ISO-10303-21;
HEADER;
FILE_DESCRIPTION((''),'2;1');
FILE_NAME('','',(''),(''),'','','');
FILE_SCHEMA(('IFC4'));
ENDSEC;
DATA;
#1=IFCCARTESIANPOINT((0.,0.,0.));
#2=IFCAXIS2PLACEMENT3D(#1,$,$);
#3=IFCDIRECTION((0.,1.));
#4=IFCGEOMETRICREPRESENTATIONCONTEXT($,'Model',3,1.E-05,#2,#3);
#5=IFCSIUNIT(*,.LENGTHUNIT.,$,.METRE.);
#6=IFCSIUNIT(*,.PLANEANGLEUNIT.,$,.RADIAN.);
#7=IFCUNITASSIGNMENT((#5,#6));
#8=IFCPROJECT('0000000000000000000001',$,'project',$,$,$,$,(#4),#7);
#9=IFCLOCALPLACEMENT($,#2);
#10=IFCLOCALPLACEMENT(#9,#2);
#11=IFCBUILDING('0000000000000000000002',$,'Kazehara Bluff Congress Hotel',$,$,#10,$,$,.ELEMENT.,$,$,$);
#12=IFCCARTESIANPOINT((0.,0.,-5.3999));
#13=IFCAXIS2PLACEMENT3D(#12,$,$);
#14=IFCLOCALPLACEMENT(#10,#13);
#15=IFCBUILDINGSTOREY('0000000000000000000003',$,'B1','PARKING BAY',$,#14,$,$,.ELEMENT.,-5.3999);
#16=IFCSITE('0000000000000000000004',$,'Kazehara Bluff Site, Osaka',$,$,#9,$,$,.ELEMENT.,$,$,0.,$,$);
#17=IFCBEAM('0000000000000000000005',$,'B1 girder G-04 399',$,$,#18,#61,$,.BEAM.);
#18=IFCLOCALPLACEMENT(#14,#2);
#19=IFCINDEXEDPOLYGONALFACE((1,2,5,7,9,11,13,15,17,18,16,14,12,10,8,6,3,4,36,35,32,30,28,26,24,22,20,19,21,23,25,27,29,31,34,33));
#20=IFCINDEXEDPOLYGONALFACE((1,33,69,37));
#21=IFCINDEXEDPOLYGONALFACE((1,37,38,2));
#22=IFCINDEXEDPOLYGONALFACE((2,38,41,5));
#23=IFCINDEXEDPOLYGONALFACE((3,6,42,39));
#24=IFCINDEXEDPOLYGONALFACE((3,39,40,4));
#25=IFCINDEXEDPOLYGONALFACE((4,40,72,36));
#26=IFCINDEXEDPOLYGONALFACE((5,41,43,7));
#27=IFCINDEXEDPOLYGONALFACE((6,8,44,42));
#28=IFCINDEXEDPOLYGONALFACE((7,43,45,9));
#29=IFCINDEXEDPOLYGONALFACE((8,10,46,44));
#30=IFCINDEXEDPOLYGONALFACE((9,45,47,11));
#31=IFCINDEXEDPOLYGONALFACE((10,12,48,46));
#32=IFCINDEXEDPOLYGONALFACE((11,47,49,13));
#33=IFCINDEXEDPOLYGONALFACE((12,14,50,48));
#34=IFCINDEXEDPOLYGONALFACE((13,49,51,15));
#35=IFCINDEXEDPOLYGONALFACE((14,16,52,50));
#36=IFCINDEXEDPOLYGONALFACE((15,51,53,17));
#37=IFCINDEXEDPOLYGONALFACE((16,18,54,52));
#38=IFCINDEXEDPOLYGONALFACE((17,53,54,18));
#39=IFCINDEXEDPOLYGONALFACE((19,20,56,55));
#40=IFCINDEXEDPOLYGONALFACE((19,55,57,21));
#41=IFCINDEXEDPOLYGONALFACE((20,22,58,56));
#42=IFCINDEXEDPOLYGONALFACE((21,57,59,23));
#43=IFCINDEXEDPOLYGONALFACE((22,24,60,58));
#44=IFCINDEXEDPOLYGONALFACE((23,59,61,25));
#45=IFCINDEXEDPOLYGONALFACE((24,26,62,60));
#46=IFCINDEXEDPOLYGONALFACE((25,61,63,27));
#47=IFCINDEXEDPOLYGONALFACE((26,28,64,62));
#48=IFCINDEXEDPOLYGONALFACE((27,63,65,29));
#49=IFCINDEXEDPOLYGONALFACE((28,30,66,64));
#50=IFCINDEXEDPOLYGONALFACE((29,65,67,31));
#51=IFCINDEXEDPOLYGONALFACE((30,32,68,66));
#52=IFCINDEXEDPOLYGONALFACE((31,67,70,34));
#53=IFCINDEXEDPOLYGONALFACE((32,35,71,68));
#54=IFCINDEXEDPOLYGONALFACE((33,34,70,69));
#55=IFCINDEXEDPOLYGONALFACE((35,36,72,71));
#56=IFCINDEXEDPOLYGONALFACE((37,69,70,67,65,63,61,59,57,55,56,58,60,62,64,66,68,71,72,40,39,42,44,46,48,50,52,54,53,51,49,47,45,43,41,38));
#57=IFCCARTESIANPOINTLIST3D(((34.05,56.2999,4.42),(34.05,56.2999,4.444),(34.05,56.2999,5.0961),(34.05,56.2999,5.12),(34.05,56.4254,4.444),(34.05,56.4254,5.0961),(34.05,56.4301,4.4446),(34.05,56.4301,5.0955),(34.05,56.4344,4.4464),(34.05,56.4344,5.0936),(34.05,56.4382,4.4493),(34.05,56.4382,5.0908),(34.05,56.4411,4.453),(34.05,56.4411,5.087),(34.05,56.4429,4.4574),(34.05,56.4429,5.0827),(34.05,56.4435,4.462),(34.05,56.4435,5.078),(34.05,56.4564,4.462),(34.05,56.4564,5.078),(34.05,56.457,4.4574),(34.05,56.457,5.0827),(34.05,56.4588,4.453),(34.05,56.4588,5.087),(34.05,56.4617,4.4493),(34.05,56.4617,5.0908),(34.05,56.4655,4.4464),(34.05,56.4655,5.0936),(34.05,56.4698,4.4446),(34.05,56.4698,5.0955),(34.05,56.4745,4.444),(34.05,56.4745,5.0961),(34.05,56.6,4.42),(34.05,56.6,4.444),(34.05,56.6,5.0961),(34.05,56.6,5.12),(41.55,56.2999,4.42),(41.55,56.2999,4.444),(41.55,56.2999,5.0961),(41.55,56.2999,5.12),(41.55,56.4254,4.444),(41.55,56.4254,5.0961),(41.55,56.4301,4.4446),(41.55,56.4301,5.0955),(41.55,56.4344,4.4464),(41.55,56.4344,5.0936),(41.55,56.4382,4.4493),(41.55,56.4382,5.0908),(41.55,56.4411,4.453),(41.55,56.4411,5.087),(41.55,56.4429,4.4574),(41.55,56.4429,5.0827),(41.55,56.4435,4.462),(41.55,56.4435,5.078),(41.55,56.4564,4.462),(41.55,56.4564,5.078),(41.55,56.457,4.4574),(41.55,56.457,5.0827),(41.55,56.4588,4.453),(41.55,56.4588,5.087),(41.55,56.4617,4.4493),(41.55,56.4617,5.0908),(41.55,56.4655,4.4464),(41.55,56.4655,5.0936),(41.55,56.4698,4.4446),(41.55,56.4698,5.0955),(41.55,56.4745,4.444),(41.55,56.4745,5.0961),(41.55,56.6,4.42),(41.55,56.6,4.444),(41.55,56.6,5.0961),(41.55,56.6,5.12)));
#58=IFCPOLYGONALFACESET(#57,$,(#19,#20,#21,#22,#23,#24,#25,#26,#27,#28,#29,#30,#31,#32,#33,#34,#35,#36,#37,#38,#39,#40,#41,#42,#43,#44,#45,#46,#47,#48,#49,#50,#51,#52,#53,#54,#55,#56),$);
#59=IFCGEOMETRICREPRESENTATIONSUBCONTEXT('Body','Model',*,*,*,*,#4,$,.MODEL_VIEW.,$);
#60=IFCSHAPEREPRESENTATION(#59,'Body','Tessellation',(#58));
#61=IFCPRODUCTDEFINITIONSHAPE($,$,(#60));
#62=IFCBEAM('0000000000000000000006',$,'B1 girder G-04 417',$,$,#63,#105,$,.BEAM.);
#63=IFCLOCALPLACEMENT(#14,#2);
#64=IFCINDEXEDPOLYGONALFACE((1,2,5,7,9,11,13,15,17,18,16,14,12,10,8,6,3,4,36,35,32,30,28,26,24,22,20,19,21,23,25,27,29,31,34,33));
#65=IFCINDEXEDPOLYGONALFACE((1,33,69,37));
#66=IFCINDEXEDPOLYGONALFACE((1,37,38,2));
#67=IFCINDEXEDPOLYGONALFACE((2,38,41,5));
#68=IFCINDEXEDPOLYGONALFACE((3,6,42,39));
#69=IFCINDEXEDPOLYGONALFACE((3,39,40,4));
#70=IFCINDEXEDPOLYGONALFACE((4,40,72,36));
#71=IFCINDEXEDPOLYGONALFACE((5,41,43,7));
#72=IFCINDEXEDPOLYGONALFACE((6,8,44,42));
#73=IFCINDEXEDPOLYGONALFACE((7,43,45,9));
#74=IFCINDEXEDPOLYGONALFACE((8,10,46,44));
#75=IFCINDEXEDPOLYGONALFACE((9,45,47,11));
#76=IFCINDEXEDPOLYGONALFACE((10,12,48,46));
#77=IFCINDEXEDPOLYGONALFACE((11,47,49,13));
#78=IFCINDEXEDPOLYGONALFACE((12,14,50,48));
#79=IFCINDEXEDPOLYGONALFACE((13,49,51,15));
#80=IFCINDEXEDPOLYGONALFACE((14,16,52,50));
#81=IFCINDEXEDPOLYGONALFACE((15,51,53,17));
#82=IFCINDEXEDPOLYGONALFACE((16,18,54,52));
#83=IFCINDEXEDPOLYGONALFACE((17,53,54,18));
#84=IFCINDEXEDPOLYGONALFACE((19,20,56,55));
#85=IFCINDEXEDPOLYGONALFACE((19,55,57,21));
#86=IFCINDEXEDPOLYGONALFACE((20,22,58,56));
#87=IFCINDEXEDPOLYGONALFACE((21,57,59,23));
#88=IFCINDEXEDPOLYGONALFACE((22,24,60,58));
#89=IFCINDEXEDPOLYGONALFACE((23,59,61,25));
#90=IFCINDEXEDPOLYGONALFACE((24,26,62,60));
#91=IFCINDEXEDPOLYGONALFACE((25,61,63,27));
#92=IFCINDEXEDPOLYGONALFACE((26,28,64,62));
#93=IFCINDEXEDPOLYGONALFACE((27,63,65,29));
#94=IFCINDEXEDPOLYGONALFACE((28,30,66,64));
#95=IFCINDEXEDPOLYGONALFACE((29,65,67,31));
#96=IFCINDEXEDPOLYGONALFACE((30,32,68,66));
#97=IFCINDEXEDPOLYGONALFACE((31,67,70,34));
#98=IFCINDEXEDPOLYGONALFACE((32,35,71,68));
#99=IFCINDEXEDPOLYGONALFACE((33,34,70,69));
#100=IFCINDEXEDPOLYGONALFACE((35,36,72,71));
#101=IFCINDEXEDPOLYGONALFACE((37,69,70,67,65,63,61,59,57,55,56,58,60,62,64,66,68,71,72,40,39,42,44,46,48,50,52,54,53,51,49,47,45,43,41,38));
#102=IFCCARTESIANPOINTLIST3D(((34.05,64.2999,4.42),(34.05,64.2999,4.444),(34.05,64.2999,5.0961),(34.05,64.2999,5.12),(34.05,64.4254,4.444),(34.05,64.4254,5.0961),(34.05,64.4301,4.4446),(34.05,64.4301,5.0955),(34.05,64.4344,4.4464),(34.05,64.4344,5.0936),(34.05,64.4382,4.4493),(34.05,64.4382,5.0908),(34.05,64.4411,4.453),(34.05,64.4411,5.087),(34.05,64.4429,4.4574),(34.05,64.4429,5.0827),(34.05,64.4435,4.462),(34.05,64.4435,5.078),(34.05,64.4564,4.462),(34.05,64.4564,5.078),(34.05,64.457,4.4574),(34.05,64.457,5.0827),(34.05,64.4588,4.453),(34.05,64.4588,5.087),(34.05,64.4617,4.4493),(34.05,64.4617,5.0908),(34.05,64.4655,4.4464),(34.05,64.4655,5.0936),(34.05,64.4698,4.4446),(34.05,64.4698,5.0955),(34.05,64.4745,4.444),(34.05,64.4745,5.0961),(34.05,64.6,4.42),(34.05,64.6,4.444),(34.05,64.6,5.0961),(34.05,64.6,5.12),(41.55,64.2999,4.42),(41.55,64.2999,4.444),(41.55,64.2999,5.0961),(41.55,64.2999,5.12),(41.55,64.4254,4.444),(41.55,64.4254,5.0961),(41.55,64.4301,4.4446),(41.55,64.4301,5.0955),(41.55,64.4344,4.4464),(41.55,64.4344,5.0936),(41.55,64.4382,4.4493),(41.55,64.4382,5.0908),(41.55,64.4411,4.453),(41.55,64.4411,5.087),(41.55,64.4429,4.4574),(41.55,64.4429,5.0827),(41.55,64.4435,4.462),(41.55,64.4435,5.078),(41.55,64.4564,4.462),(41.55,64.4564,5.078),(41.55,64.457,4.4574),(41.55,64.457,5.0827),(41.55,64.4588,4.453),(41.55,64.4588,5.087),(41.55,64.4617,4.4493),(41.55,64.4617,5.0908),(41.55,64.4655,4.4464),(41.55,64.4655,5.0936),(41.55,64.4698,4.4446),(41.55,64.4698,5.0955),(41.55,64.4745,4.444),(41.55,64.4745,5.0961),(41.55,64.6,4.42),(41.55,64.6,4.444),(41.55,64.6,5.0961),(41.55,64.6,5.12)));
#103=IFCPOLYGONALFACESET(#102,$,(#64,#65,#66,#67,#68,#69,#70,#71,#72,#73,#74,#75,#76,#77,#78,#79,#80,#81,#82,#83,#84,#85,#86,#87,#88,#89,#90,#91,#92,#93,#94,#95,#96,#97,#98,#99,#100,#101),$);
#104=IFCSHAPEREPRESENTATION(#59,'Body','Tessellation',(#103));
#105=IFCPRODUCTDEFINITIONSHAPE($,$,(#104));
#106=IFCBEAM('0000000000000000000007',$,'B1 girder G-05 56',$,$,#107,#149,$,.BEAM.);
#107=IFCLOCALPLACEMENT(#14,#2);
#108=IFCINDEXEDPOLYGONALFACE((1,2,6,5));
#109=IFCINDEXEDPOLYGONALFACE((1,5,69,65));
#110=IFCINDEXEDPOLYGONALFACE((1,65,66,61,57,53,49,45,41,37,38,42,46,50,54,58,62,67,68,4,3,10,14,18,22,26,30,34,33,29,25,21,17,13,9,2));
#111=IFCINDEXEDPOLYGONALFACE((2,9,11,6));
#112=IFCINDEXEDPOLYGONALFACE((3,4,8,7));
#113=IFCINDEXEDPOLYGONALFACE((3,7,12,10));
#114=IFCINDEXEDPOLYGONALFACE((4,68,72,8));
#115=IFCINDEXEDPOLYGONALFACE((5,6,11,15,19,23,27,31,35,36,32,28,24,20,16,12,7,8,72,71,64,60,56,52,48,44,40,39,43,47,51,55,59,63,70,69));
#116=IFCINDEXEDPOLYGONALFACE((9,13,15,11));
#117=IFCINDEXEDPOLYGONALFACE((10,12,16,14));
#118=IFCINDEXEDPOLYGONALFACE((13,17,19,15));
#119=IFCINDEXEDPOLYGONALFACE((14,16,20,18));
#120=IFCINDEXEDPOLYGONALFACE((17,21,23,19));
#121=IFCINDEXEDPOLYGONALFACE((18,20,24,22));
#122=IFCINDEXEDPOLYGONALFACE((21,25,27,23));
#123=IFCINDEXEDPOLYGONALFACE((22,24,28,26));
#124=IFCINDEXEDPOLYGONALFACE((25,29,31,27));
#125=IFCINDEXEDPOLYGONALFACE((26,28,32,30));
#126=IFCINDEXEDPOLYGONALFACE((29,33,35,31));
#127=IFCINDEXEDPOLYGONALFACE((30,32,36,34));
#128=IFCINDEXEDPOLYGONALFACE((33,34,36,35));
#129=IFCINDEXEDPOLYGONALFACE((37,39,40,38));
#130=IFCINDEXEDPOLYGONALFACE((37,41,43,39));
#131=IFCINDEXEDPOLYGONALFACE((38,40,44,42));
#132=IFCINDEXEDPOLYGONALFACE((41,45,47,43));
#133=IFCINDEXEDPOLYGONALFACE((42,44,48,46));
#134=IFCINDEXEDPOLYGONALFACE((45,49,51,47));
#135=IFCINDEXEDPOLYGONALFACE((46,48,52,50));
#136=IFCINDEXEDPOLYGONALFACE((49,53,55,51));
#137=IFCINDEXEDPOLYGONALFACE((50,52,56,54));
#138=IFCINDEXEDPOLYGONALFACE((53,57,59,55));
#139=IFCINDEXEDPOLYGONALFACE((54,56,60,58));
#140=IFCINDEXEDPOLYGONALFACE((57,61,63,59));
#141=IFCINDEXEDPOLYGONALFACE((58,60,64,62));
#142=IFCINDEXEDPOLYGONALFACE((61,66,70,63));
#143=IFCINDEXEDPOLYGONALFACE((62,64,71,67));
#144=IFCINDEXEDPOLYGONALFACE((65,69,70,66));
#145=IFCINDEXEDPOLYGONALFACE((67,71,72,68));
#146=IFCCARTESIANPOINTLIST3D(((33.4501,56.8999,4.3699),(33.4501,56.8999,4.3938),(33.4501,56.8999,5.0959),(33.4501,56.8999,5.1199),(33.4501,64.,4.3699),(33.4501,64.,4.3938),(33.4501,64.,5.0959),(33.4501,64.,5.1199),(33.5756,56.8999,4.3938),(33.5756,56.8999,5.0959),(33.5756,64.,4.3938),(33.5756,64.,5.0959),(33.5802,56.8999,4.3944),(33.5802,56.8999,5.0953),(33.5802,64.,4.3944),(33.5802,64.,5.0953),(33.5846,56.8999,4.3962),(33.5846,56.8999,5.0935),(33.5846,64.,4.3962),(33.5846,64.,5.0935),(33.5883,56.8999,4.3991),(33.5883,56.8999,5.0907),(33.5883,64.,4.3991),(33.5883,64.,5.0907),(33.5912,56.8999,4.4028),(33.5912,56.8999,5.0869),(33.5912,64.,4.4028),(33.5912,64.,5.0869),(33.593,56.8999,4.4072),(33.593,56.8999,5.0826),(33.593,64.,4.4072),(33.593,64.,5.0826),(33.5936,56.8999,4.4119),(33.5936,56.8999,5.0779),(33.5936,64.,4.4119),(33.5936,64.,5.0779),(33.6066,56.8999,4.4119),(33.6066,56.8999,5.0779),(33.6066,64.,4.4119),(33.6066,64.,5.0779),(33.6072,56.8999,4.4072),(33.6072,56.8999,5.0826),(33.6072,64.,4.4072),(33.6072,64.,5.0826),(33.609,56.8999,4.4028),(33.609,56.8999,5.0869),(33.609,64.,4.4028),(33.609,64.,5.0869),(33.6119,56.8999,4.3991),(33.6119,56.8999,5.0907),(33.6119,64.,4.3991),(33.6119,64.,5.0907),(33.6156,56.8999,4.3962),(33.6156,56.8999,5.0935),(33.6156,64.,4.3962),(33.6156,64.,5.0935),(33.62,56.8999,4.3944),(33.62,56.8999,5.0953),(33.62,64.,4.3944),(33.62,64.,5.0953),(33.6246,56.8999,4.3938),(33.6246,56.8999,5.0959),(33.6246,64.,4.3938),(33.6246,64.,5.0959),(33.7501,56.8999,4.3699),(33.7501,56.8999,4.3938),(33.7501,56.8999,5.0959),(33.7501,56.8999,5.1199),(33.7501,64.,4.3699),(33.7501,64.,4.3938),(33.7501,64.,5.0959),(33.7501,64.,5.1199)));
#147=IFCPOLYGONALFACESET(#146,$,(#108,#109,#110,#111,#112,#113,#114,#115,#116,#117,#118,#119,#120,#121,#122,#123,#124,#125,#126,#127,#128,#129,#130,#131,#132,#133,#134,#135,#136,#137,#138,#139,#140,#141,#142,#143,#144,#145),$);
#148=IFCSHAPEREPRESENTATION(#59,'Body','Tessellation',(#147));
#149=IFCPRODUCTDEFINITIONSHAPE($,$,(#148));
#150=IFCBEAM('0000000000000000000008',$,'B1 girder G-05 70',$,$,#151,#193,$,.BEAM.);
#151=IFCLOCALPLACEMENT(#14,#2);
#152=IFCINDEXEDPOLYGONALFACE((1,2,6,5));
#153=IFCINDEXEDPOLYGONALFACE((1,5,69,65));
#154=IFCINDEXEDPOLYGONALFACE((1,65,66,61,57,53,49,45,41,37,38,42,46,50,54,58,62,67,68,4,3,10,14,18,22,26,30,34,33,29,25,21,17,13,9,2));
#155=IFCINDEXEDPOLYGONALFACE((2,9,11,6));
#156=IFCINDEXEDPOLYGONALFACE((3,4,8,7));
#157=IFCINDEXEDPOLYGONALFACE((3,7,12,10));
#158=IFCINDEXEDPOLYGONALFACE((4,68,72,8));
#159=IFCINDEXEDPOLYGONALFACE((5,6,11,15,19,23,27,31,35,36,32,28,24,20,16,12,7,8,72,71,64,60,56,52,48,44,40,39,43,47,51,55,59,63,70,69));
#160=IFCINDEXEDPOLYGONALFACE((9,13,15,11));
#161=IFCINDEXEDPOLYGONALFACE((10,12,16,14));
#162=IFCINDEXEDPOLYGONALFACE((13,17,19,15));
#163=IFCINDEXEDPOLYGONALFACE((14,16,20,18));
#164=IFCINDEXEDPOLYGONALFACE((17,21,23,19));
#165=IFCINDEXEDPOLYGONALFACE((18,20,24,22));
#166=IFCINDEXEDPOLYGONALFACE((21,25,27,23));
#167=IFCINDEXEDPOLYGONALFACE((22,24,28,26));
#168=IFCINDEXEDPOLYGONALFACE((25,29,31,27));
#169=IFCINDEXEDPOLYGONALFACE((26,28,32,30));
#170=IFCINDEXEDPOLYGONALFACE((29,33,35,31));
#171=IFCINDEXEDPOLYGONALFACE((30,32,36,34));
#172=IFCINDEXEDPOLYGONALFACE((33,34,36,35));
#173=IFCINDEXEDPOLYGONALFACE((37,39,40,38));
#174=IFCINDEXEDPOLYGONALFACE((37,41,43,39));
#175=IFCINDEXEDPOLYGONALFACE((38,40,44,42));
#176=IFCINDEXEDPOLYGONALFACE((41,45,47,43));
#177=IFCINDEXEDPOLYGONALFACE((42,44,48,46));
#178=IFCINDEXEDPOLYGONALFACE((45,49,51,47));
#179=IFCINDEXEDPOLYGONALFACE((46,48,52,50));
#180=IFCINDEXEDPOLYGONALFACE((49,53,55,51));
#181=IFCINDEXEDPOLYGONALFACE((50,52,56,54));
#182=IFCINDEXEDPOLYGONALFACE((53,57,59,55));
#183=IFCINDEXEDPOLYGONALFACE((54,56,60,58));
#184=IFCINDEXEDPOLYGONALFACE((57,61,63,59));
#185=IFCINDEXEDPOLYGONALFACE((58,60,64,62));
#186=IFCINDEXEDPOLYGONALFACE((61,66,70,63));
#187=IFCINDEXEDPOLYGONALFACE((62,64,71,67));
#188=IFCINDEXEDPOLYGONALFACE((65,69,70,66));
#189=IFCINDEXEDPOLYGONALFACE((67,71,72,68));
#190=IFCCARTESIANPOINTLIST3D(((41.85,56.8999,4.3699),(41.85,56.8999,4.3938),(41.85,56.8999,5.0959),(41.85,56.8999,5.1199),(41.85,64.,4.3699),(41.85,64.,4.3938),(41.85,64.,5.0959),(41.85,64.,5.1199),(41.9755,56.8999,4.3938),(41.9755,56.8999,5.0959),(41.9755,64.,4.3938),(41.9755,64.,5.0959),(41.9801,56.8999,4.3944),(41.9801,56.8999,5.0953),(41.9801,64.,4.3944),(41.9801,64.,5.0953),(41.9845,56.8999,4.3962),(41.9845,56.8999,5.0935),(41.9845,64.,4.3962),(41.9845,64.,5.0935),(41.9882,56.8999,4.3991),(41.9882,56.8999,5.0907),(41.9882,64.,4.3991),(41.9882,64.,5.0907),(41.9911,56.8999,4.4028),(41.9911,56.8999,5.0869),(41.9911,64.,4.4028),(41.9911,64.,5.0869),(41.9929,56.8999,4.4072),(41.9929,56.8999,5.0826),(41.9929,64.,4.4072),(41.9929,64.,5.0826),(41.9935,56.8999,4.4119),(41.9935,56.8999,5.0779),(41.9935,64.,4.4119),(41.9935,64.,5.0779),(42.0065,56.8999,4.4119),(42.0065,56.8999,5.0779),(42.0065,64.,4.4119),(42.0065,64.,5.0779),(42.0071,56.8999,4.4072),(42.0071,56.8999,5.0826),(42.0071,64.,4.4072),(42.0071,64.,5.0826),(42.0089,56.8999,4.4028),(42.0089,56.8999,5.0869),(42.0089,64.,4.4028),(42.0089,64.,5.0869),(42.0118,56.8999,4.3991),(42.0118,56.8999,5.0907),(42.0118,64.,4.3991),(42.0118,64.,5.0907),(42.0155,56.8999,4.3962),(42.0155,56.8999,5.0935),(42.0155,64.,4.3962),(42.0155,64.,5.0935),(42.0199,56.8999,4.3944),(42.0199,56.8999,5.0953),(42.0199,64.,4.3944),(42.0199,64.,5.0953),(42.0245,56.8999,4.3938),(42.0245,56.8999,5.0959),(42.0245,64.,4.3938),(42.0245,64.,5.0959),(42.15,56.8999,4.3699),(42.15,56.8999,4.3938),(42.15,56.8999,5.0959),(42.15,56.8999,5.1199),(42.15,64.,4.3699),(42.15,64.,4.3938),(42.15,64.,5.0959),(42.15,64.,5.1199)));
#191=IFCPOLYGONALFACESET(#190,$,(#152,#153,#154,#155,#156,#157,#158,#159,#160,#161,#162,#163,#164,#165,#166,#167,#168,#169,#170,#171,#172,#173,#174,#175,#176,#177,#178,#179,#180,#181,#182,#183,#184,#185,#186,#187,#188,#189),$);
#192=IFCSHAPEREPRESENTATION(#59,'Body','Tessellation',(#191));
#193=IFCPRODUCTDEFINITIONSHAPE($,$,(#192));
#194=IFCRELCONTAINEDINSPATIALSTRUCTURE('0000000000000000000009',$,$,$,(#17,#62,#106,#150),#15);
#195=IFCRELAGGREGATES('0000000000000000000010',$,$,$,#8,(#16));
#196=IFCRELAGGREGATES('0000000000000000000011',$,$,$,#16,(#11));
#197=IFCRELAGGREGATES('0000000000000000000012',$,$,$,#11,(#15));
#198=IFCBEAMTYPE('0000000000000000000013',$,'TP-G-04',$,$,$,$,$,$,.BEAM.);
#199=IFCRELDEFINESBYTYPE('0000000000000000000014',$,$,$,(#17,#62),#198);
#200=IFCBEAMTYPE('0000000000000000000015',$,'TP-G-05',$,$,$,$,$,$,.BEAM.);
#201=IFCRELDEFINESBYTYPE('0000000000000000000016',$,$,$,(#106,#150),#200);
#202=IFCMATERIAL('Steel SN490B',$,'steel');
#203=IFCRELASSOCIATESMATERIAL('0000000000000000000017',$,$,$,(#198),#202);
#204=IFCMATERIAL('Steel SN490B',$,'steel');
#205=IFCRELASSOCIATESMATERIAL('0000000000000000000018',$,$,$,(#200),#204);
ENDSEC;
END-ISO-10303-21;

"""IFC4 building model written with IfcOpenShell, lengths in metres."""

from ifc_helpers import new_model, si_unit, direction, frame, origin, origin_2d, place, context, subcontext, project, spatial, i_section, extrude, material, material_profile, profile_set, type_object, element, save


model = new_model("IFC4")

# Units and contexts
model_context = context("Model", 3, precision=1e-05, world=origin(), true_north=direction((0.0, 1.0)))
body_context = subcontext(model_context, "Body", "Model", "MODEL_VIEW")
ifc_project = project(units=[si_unit("LENGTHUNIT", "METRE"), si_unit("PLANEANGLEUNIT", "RADIAN")], contexts=[model_context])

# Site, building, storey
site_placement = place(None, origin())
site = spatial("IfcSite", under=ifc_project, at=site_placement, Name="Kazehara Bluff Site, Osaka", CompositionType="ELEMENT", RefElevation=0.0)
building_placement = place(site_placement, origin())
building = spatial("IfcBuilding", under=site, at=building_placement, Name="Kazehara Bluff Congress Hotel", CompositionType="ELEMENT")
storey_placement = place(building_placement, frame((0.0, 0.0, -5.3999)))
storey = spatial("IfcBuildingStorey", under=building, at=storey_placement, Name="B1", Description="PARKING BAY", CompositionType="ELEMENT", Elevation=-5.3999)

# Beams
ifc_material_1 = material(Name="Steel SN490B", Category="steel")
ifc_material_profile_1 = material_profile(ifc_material_1, i_section(OverallWidth=0.3, OverallDepth=0.7, WebThickness=0.0129, FlangeThickness=0.0239, FilletRadius=0.0181, at=origin_2d()))
ifc_profile_set_1 = profile_set([ifc_material_profile_1], Name="Steel SN490B")
beam_type_1 = type_object("IfcBeamType", Name="TP-G-04", PredefinedType="BEAM", material=ifc_profile_set_1)
for number, where, z_axis, x_axis, name in (
    (1, (34.05, 56.45, 4.77), (1.0, 0.0, 0.0), (0.0, 1.0, 0.0), "B1 girder G-04 399"),
    (2, (34.05, 64.45, 4.77), (1.0, 0.0, 0.0), (0.0, 1.0, 0.0), "B1 girder G-04 417"),
):
    element("IfcBeam", number, at=place(storey_placement, frame(where, z_axis=z_axis, x_axis=x_axis)), inside=storey, type_object=beam_type_1, Name=name, PredefinedType="BEAM", context=body_context, shape_type="SweptSolid", body=[
        extrude(i_section(OverallWidth=0.3, OverallDepth=0.7, WebThickness=0.0129, FlangeThickness=0.0239, FilletRadius=0.0181, at=origin_2d()), origin(), (0.0, 0.0, 1.0), 7.5),
    ])
ifc_material_2 = material(Name="Steel SN490B", Category="steel")
ifc_material_profile_2 = material_profile(ifc_material_2, i_section(OverallWidth=0.3, OverallDepth=0.75, WebThickness=0.0129, FlangeThickness=0.0239, FilletRadius=0.0181, at=origin_2d()))
ifc_profile_set_2 = profile_set([ifc_material_profile_2], Name="Steel SN490B")
beam_type_2 = type_object("IfcBeamType", Name="TP-G-05", PredefinedType="BEAM", material=ifc_profile_set_2)
for number, where, z_axis, x_axis, name in (
    (3, (33.6001, 56.8999, 4.7449), (0.0, 1.0, 0.0), (-1.0, 0.0, 0.0), "B1 girder G-05 56"),
    (4, (42.0, 56.8999, 4.7449), (0.0, 1.0, 0.0), (-1.0, 0.0, 0.0), "B1 girder G-05 70"),
):
    element("IfcBeam", number, at=place(storey_placement, frame(where, z_axis=z_axis, x_axis=x_axis)), inside=storey, type_object=beam_type_2, Name=name, PredefinedType="BEAM", context=body_context, shape_type="SweptSolid", body=[
        extrude(i_section(OverallWidth=0.3, OverallDepth=0.75, WebThickness=0.0129, FlangeThickness=0.0239, FilletRadius=0.0181, at=origin_2d()), origin(), (0.0, 0.0, 1.0), 7.1001),
    ])

save(model, "model.ifc")
